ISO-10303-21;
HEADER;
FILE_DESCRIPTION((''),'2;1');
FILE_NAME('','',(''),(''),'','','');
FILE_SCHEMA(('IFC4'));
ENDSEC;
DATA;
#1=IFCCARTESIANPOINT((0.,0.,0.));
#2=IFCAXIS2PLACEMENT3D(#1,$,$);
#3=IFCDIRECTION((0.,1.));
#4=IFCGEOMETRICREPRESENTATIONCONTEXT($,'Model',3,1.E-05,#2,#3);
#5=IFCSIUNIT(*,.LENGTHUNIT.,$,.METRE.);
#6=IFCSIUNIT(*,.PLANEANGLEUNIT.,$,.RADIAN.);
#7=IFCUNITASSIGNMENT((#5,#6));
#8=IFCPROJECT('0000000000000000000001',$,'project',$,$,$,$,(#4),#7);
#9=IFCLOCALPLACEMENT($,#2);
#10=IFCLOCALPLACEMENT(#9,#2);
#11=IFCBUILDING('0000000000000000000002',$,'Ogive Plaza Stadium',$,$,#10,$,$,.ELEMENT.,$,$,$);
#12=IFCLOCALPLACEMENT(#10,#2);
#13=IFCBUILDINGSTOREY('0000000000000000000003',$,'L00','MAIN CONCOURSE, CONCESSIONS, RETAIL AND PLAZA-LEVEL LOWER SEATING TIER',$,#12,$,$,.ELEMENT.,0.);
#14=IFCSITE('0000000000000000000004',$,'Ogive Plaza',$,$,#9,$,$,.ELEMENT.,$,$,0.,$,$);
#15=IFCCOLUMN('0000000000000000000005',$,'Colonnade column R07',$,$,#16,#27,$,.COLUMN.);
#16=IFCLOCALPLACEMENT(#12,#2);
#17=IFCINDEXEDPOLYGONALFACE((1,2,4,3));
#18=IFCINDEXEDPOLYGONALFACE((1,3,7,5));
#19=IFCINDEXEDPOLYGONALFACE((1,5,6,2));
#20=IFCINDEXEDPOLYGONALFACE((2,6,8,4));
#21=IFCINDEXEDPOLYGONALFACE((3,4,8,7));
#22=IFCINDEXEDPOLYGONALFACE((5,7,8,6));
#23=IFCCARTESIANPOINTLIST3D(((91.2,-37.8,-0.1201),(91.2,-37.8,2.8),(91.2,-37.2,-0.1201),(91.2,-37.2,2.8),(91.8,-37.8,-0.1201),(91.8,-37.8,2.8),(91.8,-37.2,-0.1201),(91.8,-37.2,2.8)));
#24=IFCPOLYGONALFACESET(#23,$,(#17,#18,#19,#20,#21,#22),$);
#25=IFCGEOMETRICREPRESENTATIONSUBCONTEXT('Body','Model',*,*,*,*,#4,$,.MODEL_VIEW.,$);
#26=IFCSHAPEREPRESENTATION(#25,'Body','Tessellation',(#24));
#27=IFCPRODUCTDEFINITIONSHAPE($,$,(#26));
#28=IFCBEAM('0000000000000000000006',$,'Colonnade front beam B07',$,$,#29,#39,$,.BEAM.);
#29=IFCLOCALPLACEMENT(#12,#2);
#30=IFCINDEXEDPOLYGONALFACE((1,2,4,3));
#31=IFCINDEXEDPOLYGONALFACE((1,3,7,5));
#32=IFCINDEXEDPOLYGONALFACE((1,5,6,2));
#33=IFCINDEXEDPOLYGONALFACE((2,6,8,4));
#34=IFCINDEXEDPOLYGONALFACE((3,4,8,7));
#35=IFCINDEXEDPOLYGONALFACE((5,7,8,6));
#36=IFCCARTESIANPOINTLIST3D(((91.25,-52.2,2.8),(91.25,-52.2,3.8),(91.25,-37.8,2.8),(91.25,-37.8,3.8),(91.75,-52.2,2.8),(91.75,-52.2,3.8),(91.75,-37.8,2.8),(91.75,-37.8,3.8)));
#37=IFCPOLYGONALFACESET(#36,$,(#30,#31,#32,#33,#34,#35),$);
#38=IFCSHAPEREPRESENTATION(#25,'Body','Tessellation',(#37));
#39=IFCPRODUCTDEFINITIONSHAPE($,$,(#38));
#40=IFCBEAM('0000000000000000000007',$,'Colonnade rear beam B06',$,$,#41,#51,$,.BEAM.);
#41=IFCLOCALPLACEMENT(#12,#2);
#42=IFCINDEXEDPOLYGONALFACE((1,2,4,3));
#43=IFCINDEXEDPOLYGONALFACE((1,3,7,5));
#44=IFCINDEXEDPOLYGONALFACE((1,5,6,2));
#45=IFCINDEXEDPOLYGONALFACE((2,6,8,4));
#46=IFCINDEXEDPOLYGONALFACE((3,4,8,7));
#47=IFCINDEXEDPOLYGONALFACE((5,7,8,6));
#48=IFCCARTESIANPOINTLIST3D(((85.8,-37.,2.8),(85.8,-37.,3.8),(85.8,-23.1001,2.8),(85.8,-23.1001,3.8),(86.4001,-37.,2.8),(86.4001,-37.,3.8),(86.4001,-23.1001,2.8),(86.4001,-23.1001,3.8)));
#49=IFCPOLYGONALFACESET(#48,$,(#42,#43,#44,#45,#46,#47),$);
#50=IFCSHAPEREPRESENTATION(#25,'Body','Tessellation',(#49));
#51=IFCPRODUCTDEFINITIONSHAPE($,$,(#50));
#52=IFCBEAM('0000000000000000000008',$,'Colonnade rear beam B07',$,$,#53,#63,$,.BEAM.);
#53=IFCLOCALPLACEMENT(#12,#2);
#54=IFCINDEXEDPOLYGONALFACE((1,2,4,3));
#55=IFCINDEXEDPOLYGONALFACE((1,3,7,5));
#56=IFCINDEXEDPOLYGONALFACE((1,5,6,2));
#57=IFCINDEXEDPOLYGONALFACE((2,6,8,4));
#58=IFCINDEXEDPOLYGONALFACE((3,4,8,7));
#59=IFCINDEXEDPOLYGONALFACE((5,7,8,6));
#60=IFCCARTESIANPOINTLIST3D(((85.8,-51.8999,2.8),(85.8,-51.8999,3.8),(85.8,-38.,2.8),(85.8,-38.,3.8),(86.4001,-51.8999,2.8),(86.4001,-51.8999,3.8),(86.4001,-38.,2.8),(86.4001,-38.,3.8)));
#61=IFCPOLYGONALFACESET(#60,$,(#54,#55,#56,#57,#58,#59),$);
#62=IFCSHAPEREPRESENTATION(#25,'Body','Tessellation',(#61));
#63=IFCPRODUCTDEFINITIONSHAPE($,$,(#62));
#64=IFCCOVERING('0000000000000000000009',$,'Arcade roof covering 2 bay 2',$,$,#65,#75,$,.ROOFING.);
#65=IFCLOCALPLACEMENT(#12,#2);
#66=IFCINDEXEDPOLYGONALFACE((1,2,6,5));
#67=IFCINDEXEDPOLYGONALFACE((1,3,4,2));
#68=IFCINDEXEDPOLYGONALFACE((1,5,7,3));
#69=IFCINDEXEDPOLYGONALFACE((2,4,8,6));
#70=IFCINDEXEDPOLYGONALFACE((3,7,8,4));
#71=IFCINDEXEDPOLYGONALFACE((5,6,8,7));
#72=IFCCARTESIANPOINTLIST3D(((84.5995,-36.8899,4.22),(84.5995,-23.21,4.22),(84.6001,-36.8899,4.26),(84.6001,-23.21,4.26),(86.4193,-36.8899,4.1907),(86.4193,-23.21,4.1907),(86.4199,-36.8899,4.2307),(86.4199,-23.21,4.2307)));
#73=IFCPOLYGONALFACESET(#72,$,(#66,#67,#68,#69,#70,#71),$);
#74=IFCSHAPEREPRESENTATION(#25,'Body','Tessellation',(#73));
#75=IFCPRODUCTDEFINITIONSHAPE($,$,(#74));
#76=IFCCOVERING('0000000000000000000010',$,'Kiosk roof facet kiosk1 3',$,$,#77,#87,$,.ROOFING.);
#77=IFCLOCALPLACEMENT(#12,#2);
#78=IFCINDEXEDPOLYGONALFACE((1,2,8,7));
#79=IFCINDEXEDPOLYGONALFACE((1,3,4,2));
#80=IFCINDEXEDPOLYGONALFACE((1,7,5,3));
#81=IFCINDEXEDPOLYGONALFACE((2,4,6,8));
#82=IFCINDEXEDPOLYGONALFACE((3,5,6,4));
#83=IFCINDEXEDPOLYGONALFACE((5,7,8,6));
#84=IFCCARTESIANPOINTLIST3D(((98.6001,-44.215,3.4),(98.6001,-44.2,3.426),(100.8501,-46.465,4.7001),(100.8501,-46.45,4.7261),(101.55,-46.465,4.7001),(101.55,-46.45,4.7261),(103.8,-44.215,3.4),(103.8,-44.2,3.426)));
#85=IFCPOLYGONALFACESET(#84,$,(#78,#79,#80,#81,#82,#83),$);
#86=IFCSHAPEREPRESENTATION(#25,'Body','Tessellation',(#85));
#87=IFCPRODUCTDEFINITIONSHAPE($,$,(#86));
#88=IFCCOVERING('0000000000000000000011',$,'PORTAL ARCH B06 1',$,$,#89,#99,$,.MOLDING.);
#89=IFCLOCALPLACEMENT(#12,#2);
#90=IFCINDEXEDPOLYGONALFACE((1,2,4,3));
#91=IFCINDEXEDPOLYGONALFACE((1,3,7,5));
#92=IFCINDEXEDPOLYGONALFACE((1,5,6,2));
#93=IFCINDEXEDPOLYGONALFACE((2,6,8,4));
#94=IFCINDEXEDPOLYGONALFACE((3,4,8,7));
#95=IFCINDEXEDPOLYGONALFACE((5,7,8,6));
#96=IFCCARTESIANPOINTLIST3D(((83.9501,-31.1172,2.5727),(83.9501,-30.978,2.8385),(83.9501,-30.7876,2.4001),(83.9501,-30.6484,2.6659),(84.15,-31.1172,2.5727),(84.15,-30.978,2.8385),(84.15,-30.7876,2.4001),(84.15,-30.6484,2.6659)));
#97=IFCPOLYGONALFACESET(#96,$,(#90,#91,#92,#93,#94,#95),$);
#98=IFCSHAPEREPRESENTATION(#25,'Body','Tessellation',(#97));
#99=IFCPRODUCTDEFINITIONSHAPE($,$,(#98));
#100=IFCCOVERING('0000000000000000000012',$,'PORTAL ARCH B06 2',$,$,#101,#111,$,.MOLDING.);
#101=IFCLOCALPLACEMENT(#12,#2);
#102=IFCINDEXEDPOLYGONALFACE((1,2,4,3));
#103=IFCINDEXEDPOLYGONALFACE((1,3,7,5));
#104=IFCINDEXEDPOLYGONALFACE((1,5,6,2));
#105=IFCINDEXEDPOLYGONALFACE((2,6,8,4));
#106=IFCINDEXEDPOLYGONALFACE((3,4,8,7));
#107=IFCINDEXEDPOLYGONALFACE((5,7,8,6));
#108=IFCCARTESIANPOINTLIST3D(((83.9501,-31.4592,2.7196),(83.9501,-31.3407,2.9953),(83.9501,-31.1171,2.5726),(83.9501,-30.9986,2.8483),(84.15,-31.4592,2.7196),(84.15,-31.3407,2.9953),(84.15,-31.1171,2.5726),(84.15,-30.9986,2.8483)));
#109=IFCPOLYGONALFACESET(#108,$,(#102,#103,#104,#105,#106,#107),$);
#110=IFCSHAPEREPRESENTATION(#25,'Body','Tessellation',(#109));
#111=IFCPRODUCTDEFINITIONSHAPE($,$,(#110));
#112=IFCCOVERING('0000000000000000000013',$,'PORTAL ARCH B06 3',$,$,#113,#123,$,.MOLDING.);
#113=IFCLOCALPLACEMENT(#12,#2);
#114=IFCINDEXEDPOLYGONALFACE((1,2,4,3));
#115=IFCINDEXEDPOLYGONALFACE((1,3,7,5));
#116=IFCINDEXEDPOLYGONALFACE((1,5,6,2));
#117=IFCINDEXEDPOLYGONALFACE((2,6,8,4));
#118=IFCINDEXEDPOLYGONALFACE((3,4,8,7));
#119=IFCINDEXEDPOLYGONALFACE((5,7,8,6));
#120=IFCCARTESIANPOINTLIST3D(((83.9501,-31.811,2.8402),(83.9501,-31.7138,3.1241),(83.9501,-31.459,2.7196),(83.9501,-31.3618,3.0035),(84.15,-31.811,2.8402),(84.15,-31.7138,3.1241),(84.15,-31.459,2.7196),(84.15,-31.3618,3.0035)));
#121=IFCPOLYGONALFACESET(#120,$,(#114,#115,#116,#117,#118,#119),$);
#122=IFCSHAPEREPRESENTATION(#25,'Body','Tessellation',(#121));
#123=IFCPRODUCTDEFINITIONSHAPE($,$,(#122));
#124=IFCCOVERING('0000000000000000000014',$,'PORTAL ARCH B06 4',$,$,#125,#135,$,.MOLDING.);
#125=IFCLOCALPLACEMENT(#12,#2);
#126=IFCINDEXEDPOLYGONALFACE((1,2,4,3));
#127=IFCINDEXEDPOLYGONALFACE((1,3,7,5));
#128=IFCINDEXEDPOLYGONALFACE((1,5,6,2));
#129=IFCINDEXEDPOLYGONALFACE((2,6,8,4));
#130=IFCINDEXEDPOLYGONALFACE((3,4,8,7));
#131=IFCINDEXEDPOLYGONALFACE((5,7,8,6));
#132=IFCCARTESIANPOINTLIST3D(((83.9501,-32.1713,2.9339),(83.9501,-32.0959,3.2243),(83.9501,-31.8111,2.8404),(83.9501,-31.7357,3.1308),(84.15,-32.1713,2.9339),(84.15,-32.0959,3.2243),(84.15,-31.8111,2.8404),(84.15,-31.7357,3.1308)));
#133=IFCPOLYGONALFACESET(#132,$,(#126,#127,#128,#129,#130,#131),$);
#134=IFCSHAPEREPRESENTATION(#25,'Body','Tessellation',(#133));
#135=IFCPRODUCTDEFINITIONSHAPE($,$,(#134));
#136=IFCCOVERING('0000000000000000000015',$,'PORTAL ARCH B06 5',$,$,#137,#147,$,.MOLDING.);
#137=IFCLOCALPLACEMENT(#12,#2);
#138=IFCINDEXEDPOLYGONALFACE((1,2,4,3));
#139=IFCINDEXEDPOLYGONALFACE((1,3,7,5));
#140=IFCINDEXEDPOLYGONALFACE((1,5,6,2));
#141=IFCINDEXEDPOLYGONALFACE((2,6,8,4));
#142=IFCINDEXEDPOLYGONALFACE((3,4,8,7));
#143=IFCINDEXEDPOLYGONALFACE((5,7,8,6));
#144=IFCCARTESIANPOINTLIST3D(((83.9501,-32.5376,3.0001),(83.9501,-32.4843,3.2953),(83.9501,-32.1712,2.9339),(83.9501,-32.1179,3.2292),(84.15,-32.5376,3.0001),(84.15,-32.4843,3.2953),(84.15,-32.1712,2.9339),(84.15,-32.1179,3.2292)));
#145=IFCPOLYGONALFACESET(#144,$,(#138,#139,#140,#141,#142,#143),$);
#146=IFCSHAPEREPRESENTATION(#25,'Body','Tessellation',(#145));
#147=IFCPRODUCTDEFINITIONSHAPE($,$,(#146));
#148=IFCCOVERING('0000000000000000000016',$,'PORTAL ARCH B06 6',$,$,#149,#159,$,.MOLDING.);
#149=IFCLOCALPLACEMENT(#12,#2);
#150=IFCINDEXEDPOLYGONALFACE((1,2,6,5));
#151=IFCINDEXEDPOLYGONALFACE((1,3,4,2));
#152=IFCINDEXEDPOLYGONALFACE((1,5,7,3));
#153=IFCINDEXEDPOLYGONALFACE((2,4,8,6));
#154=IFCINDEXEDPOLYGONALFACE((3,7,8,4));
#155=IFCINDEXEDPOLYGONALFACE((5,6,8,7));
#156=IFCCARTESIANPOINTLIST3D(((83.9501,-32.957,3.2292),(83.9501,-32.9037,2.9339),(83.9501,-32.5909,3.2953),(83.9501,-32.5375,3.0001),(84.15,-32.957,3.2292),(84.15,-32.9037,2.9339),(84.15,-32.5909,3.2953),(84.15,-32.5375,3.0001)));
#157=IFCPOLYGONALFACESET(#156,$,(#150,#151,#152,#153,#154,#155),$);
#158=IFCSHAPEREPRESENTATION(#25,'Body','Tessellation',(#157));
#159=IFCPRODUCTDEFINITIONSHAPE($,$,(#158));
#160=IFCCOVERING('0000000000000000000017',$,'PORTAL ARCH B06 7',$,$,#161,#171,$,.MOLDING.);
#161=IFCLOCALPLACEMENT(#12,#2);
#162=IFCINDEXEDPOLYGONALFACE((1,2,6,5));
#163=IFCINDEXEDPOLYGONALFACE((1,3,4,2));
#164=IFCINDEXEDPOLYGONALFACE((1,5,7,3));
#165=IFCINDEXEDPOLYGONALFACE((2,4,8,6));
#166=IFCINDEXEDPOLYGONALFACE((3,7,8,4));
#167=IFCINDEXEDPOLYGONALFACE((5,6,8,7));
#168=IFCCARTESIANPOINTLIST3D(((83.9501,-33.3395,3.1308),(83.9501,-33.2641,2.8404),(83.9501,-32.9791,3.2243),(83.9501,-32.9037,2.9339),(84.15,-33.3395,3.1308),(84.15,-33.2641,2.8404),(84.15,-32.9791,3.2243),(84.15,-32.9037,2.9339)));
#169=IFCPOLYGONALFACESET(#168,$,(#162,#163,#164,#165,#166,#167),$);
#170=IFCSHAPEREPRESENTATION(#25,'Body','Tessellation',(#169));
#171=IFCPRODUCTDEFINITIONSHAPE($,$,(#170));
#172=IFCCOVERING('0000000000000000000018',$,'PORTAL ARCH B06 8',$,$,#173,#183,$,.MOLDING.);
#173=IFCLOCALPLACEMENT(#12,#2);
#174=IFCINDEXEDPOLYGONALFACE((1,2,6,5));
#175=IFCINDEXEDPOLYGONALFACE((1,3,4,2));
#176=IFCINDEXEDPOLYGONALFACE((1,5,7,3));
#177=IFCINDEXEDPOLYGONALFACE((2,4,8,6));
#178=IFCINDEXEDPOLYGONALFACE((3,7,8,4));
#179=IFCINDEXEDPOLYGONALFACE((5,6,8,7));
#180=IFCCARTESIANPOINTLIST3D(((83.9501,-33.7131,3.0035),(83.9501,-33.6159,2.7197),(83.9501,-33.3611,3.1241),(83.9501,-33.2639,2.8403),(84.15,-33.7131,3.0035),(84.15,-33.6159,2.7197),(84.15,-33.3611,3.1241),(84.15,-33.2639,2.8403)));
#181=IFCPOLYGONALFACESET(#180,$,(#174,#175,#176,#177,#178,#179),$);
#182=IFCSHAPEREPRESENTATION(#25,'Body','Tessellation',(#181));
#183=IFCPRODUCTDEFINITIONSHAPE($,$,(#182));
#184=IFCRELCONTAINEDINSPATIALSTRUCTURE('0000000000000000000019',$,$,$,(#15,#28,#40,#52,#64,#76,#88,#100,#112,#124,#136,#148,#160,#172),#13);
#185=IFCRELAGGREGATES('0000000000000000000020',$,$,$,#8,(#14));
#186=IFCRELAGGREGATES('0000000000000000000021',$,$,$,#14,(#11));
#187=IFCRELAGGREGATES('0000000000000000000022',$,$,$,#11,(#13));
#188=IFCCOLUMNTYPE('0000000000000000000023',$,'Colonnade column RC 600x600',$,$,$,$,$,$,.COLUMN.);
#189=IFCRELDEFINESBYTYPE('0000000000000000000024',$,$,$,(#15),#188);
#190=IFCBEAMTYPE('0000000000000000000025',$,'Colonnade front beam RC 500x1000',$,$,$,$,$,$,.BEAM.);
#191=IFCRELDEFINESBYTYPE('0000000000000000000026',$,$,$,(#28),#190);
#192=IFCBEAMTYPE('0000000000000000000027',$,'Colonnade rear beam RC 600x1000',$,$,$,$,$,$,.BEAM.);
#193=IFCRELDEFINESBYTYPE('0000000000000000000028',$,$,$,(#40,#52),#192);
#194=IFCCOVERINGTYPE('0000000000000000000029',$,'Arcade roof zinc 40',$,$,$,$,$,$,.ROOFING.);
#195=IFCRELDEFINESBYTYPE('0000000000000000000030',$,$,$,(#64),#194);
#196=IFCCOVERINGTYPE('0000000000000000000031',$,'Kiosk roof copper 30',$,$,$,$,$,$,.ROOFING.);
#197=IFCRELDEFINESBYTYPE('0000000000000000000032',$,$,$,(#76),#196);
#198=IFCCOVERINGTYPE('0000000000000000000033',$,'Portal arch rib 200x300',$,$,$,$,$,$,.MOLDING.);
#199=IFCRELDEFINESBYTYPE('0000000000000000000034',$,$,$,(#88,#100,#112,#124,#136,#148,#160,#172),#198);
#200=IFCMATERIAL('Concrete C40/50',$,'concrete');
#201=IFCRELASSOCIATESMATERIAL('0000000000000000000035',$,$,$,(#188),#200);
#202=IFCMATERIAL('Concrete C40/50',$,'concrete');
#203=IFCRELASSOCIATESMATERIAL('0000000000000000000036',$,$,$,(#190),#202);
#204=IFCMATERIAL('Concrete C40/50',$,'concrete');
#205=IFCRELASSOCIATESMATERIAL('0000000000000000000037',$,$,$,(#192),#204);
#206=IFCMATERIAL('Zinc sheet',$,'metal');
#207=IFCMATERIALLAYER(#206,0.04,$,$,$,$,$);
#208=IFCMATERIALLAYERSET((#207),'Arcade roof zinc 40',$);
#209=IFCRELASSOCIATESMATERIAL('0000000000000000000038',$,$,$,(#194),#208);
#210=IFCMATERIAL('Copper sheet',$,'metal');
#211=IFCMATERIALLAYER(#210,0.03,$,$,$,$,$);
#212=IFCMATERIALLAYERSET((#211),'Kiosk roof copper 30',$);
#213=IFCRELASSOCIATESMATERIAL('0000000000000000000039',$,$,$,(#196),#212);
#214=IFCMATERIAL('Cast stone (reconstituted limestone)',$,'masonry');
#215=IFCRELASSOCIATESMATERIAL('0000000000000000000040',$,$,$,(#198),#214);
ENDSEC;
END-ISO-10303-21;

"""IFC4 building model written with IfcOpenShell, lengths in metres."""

from ifc_helpers import new_model, si_unit, direction, frame, origin, origin_2d, place, context, subcontext, project, spatial, polyline, rectangle, outline, extrude, material, layer, layer_set, material_profile, profile_set, type_object, element, save


model = new_model("IFC4")

# Units and contexts
model_context = context("Model", 3, precision=1e-05, world=origin(), true_north=direction((0.0, 1.0)))
body_context = subcontext(model_context, "Body", "Model", "MODEL_VIEW")
ifc_project = project(units=[si_unit("LENGTHUNIT", "METRE"), si_unit("PLANEANGLEUNIT", "RADIAN")], contexts=[model_context])

# Site, building, storey
site_placement = place(None, origin())
site = spatial("IfcSite", under=ifc_project, at=site_placement, Name="Ogive Plaza", CompositionType="ELEMENT", RefElevation=0.0)
building_placement = place(site_placement, origin())
building = spatial("IfcBuilding", under=site, at=building_placement, Name="Ogive Plaza Stadium", CompositionType="ELEMENT")
storey_placement = place(building_placement, origin())
storey = spatial("IfcBuildingStorey", under=building, at=storey_placement, Name="L00", Description="MAIN CONCOURSE, CONCESSIONS, RETAIL AND PLAZA-LEVEL LOWER SEATING TIER", CompositionType="ELEMENT", Elevation=0.0)

# Column
ifc_material_1 = material(Name="Concrete C40/50", Category="concrete")
ifc_material_profile_1 = material_profile(ifc_material_1, rectangle(XDim=0.6001, YDim=0.6001, at=origin_2d()), Name="RC 600x600")
ifc_profile_set_1 = profile_set([ifc_material_profile_1], Name="Concrete C40/50")
column_type = type_object("IfcColumnType", Name="Colonnade column RC 600x600", PredefinedType="COLUMN", material=ifc_profile_set_1)
column_placement = place(storey_placement, frame((91.5, -37.5, -0.1201), z_axis=(0.0, 0.0, 1.0), x_axis=(1.0, 0.0, 0.0)))
element("IfcColumn", 1, at=column_placement, inside=storey, type_object=column_type, Name="Colonnade column R07", PredefinedType="COLUMN", context=body_context, shape_type="SweptSolid", body=[
    extrude(rectangle(XDim=0.6001, YDim=0.6001, at=origin_2d()), origin(), (0.0, 0.0, 1.0), 2.9202),
])

# Beams
ifc_material_2 = material(Name="Concrete C40/50", Category="concrete")
ifc_material_profile_2 = material_profile(ifc_material_2, rectangle(XDim=0.5, YDim=1.0, at=origin_2d()), Name="RC 500x1000")
ifc_profile_set_2 = profile_set([ifc_material_profile_2], Name="Concrete C40/50")
beam_type_1 = type_object("IfcBeamType", Name="Colonnade front beam RC 500x1000", PredefinedType="BEAM", material=ifc_profile_set_2)
beam_placement = place(storey_placement, frame((91.5, -37.8, 3.3), z_axis=(0.0, -1.0, 0.0), x_axis=(1.0, 0.0, 0.0)))
element("IfcBeam", 2, at=beam_placement, inside=storey, type_object=beam_type_1, Name="Colonnade front beam B07", PredefinedType="BEAM", context=body_context, shape_type="SweptSolid", body=[
    extrude(rectangle(XDim=0.5, YDim=1.0, at=origin_2d()), origin(), (0.0, 0.0, 1.0), 14.3999),
])
ifc_material_3 = material(Name="Concrete C40/50", Category="concrete")
ifc_material_profile_3 = material_profile(ifc_material_3, rectangle(XDim=0.6001, YDim=1.0, at=origin_2d()), Name="RC 600x1000")
ifc_profile_set_3 = profile_set([ifc_material_profile_3], Name="Concrete C40/50")
beam_type_2 = type_object("IfcBeamType", Name="Colonnade rear beam RC 600x1000", PredefinedType="BEAM", material=ifc_profile_set_3)
for number, where, z_axis, x_axis, name in (
    (3, (86.1001, -23.1001, 3.3), (0.0, -1.0, 0.0), (1.0, 0.0, 0.0), "Colonnade rear beam B06"),
    (4, (86.1001, -38.0, 3.3), (0.0, -1.0, 0.0), (1.0, 0.0, 0.0), "Colonnade rear beam B07"),
):
    element("IfcBeam", number, at=place(storey_placement, frame(where, z_axis=z_axis, x_axis=x_axis)), inside=storey, type_object=beam_type_2, Name=name, PredefinedType="BEAM", context=body_context, shape_type="SweptSolid", body=[
        extrude(rectangle(XDim=0.6001, YDim=1.0, at=origin_2d()), origin(), (0.0, 0.0, 1.0), 13.8999),
    ])

# Coverings
ifc_material_4 = material(Name="Zinc sheet", Category="metal")
ifc_layer_1 = layer(ifc_material_4, 0.04)
ifc_layer_set_1 = layer_set([ifc_layer_1], Name="Arcade roof zinc 40")
covering_type_1 = type_object("IfcCoveringType", Name="Arcade roof zinc 40", PredefinedType="ROOFING", material=ifc_layer_set_1)
covering_1_placement = place(storey_placement, frame((84.6001, -36.8899, 4.26), z_axis=(0.016097, 0.0, 0.99987), x_axis=(0.99987, 0.0, -0.016097)))
element("IfcCovering", 5, at=covering_1_placement, inside=storey, type_object=covering_type_1, Name="Arcade roof covering 2 bay 2", PredefinedType="ROOFING", context=body_context, shape_type="SweptSolid", body=[
    extrude(outline(polyline([(0.0, 0.0), (1.8201, 0.0), (1.8201, 13.6799), (0.0, 13.6799), (0.0, 0.0)])), origin(), (0.0, 0.0, -1.0), 0.04),
])
ifc_material_5 = material(Name="Copper sheet", Category="metal")
ifc_layer_2 = layer(ifc_material_5, 0.03)
ifc_layer_set_2 = layer_set([ifc_layer_2], Name="Kiosk roof copper 30")
covering_type_2 = type_object("IfcCoveringType", Name="Kiosk roof copper 30", PredefinedType="ROOFING", material=ifc_layer_set_2)
covering_2_placement = place(storey_placement, frame((103.8, -44.2, 3.426), z_axis=(0.0, 0.500292, 0.865857), x_axis=(-1.0, 0.0, 0.0)))
element("IfcCovering", 6, at=covering_2_placement, inside=storey, type_object=covering_type_2, Name="Kiosk roof facet kiosk1 3", PredefinedType="ROOFING", context=body_context, shape_type="SweptSolid", body=[
    extrude(outline(polyline([(0.0, 0.0), (5.2, 0.0), (2.95, 2.5986), (2.25, 2.5986), (0.0, 0.0)])), origin(), (0.0, 0.0, -1.0), 0.03),
])
ifc_material_6 = material(Name="Cast stone (reconstituted limestone)", Category="masonry")
ifc_material_profile_4 = material_profile(ifc_material_6, rectangle(XDim=0.2, YDim=0.3, at=origin_2d()), Name="Cast stone 200x300")
ifc_profile_set_4 = profile_set([ifc_material_profile_4], Name="Cast stone (reconstituted limestone)")
covering_type_3 = type_object("IfcCoveringType", Name="Portal arch rib 200x300", PredefinedType="MOLDING", material=ifc_profile_set_4)
covering_3_placement = place(storey_placement, frame((84.05, -30.718, 2.533), z_axis=(0.0, -0.88587, 0.463933), x_axis=(1.0, 0.0, 0.0)))
element("IfcCovering", 7, at=covering_3_placement, inside=storey, type_object=covering_type_3, Name="PORTAL ARCH B06 1", PredefinedType="MOLDING", context=body_context, shape_type="SweptSolid", body=[
    extrude(rectangle(XDim=0.2, YDim=0.3, at=origin_2d()), origin(), (0.0, 0.0, 1.0), 0.3721),
])
covering_4_placement = place(storey_placement, frame((84.05, -31.0579, 2.7104), z_axis=(0.0, -0.918771, 0.39479), x_axis=(1.0, 0.0, 0.0)))
element("IfcCovering", 8, at=covering_4_placement, inside=storey, type_object=covering_type_3, Name="PORTAL ARCH B06 2", PredefinedType="MOLDING", context=body_context, shape_type="SweptSolid", body=[
    extrude(rectangle(XDim=0.2, YDim=0.3, at=origin_2d()), origin(), (0.0, 0.0, 1.0), 0.3723),
])
for number, where, z_axis, x_axis, name in (
    (9, (84.05, -31.4104, 2.8616), (0.0, -0.946026, 0.324089), (1.0, 0.0, 0.0), "PORTAL ARCH B06 3"),
    (10, (84.05, -31.7734, 2.9856), (0.0, -0.967902, 0.251327), (1.0, 0.0, 0.0), "PORTAL ARCH B06 4"),
):
    element("IfcCovering", number, at=place(storey_placement, frame(where, z_axis=z_axis, x_axis=x_axis)), inside=storey, type_object=covering_type_3, Name=name, PredefinedType="MOLDING", context=body_context, shape_type="SweptSolid", body=[
        extrude(rectangle(XDim=0.2, YDim=0.3, at=origin_2d()), origin(), (0.0, 0.0, 1.0), 0.3721),
    ])
covering_5_placement = place(storey_placement, frame((84.05, -32.1445, 3.0815), z_axis=(0.0, -0.984089, 0.177674), x_axis=(1.0, 0.0, 0.0)))
element("IfcCovering", 11, at=covering_5_placement, inside=storey, type_object=covering_type_3, Name="PORTAL ARCH B06 5", PredefinedType="MOLDING", context=body_context, shape_type="SweptSolid", body=[
    extrude(rectangle(XDim=0.2, YDim=0.3, at=origin_2d()), origin(), (0.0, 0.0, 1.0), 0.3723),
])
covering_6_placement = place(storey_placement, frame((84.05, -32.5642, 3.1477), z_axis=(0.0, -0.984069, -0.177788), x_axis=(1.0, 0.0, 0.0)))
element("IfcCovering", 12, at=covering_6_placement, inside=storey, type_object=covering_type_3, Name="PORTAL ARCH B06 6", PredefinedType="MOLDING", context=body_context, shape_type="SweptSolid", body=[
    extrude(rectangle(XDim=0.2, YDim=0.3, at=origin_2d()), origin(), (0.0, 0.0, 1.0), 0.3721),
])
covering_7_placement = place(storey_placement, frame((84.05, -32.9414, 3.0791), z_axis=(0.0, -0.967944, -0.251167), x_axis=(1.0, 0.0, 0.0)))
element("IfcCovering", 13, at=covering_7_placement, inside=storey, type_object=covering_type_3, Name="PORTAL ARCH B06 7", PredefinedType="MOLDING", context=body_context, shape_type="SweptSolid", body=[
    extrude(rectangle(XDim=0.2, YDim=0.3, at=origin_2d()), origin(), (0.0, 0.0, 1.0), 0.3723),
])
for number, where, z_axis, x_axis, name in (
    (14, (84.05, -33.3125, 2.9822), (0.0, -0.946026, -0.324089), (1.0, 0.0, 0.0), "PORTAL ARCH B06 8"),
):
    element("IfcCovering", number, at=place(storey_placement, frame(where, z_axis=z_axis, x_axis=x_axis)), inside=storey, type_object=covering_type_3, Name=name, PredefinedType="MOLDING", context=body_context, shape_type="SweptSolid", body=[
        extrude(rectangle(XDim=0.2, YDim=0.3, at=origin_2d()), origin(), (0.0, 0.0, 1.0), 0.3721),
    ])

save(model, "model.ifc")
